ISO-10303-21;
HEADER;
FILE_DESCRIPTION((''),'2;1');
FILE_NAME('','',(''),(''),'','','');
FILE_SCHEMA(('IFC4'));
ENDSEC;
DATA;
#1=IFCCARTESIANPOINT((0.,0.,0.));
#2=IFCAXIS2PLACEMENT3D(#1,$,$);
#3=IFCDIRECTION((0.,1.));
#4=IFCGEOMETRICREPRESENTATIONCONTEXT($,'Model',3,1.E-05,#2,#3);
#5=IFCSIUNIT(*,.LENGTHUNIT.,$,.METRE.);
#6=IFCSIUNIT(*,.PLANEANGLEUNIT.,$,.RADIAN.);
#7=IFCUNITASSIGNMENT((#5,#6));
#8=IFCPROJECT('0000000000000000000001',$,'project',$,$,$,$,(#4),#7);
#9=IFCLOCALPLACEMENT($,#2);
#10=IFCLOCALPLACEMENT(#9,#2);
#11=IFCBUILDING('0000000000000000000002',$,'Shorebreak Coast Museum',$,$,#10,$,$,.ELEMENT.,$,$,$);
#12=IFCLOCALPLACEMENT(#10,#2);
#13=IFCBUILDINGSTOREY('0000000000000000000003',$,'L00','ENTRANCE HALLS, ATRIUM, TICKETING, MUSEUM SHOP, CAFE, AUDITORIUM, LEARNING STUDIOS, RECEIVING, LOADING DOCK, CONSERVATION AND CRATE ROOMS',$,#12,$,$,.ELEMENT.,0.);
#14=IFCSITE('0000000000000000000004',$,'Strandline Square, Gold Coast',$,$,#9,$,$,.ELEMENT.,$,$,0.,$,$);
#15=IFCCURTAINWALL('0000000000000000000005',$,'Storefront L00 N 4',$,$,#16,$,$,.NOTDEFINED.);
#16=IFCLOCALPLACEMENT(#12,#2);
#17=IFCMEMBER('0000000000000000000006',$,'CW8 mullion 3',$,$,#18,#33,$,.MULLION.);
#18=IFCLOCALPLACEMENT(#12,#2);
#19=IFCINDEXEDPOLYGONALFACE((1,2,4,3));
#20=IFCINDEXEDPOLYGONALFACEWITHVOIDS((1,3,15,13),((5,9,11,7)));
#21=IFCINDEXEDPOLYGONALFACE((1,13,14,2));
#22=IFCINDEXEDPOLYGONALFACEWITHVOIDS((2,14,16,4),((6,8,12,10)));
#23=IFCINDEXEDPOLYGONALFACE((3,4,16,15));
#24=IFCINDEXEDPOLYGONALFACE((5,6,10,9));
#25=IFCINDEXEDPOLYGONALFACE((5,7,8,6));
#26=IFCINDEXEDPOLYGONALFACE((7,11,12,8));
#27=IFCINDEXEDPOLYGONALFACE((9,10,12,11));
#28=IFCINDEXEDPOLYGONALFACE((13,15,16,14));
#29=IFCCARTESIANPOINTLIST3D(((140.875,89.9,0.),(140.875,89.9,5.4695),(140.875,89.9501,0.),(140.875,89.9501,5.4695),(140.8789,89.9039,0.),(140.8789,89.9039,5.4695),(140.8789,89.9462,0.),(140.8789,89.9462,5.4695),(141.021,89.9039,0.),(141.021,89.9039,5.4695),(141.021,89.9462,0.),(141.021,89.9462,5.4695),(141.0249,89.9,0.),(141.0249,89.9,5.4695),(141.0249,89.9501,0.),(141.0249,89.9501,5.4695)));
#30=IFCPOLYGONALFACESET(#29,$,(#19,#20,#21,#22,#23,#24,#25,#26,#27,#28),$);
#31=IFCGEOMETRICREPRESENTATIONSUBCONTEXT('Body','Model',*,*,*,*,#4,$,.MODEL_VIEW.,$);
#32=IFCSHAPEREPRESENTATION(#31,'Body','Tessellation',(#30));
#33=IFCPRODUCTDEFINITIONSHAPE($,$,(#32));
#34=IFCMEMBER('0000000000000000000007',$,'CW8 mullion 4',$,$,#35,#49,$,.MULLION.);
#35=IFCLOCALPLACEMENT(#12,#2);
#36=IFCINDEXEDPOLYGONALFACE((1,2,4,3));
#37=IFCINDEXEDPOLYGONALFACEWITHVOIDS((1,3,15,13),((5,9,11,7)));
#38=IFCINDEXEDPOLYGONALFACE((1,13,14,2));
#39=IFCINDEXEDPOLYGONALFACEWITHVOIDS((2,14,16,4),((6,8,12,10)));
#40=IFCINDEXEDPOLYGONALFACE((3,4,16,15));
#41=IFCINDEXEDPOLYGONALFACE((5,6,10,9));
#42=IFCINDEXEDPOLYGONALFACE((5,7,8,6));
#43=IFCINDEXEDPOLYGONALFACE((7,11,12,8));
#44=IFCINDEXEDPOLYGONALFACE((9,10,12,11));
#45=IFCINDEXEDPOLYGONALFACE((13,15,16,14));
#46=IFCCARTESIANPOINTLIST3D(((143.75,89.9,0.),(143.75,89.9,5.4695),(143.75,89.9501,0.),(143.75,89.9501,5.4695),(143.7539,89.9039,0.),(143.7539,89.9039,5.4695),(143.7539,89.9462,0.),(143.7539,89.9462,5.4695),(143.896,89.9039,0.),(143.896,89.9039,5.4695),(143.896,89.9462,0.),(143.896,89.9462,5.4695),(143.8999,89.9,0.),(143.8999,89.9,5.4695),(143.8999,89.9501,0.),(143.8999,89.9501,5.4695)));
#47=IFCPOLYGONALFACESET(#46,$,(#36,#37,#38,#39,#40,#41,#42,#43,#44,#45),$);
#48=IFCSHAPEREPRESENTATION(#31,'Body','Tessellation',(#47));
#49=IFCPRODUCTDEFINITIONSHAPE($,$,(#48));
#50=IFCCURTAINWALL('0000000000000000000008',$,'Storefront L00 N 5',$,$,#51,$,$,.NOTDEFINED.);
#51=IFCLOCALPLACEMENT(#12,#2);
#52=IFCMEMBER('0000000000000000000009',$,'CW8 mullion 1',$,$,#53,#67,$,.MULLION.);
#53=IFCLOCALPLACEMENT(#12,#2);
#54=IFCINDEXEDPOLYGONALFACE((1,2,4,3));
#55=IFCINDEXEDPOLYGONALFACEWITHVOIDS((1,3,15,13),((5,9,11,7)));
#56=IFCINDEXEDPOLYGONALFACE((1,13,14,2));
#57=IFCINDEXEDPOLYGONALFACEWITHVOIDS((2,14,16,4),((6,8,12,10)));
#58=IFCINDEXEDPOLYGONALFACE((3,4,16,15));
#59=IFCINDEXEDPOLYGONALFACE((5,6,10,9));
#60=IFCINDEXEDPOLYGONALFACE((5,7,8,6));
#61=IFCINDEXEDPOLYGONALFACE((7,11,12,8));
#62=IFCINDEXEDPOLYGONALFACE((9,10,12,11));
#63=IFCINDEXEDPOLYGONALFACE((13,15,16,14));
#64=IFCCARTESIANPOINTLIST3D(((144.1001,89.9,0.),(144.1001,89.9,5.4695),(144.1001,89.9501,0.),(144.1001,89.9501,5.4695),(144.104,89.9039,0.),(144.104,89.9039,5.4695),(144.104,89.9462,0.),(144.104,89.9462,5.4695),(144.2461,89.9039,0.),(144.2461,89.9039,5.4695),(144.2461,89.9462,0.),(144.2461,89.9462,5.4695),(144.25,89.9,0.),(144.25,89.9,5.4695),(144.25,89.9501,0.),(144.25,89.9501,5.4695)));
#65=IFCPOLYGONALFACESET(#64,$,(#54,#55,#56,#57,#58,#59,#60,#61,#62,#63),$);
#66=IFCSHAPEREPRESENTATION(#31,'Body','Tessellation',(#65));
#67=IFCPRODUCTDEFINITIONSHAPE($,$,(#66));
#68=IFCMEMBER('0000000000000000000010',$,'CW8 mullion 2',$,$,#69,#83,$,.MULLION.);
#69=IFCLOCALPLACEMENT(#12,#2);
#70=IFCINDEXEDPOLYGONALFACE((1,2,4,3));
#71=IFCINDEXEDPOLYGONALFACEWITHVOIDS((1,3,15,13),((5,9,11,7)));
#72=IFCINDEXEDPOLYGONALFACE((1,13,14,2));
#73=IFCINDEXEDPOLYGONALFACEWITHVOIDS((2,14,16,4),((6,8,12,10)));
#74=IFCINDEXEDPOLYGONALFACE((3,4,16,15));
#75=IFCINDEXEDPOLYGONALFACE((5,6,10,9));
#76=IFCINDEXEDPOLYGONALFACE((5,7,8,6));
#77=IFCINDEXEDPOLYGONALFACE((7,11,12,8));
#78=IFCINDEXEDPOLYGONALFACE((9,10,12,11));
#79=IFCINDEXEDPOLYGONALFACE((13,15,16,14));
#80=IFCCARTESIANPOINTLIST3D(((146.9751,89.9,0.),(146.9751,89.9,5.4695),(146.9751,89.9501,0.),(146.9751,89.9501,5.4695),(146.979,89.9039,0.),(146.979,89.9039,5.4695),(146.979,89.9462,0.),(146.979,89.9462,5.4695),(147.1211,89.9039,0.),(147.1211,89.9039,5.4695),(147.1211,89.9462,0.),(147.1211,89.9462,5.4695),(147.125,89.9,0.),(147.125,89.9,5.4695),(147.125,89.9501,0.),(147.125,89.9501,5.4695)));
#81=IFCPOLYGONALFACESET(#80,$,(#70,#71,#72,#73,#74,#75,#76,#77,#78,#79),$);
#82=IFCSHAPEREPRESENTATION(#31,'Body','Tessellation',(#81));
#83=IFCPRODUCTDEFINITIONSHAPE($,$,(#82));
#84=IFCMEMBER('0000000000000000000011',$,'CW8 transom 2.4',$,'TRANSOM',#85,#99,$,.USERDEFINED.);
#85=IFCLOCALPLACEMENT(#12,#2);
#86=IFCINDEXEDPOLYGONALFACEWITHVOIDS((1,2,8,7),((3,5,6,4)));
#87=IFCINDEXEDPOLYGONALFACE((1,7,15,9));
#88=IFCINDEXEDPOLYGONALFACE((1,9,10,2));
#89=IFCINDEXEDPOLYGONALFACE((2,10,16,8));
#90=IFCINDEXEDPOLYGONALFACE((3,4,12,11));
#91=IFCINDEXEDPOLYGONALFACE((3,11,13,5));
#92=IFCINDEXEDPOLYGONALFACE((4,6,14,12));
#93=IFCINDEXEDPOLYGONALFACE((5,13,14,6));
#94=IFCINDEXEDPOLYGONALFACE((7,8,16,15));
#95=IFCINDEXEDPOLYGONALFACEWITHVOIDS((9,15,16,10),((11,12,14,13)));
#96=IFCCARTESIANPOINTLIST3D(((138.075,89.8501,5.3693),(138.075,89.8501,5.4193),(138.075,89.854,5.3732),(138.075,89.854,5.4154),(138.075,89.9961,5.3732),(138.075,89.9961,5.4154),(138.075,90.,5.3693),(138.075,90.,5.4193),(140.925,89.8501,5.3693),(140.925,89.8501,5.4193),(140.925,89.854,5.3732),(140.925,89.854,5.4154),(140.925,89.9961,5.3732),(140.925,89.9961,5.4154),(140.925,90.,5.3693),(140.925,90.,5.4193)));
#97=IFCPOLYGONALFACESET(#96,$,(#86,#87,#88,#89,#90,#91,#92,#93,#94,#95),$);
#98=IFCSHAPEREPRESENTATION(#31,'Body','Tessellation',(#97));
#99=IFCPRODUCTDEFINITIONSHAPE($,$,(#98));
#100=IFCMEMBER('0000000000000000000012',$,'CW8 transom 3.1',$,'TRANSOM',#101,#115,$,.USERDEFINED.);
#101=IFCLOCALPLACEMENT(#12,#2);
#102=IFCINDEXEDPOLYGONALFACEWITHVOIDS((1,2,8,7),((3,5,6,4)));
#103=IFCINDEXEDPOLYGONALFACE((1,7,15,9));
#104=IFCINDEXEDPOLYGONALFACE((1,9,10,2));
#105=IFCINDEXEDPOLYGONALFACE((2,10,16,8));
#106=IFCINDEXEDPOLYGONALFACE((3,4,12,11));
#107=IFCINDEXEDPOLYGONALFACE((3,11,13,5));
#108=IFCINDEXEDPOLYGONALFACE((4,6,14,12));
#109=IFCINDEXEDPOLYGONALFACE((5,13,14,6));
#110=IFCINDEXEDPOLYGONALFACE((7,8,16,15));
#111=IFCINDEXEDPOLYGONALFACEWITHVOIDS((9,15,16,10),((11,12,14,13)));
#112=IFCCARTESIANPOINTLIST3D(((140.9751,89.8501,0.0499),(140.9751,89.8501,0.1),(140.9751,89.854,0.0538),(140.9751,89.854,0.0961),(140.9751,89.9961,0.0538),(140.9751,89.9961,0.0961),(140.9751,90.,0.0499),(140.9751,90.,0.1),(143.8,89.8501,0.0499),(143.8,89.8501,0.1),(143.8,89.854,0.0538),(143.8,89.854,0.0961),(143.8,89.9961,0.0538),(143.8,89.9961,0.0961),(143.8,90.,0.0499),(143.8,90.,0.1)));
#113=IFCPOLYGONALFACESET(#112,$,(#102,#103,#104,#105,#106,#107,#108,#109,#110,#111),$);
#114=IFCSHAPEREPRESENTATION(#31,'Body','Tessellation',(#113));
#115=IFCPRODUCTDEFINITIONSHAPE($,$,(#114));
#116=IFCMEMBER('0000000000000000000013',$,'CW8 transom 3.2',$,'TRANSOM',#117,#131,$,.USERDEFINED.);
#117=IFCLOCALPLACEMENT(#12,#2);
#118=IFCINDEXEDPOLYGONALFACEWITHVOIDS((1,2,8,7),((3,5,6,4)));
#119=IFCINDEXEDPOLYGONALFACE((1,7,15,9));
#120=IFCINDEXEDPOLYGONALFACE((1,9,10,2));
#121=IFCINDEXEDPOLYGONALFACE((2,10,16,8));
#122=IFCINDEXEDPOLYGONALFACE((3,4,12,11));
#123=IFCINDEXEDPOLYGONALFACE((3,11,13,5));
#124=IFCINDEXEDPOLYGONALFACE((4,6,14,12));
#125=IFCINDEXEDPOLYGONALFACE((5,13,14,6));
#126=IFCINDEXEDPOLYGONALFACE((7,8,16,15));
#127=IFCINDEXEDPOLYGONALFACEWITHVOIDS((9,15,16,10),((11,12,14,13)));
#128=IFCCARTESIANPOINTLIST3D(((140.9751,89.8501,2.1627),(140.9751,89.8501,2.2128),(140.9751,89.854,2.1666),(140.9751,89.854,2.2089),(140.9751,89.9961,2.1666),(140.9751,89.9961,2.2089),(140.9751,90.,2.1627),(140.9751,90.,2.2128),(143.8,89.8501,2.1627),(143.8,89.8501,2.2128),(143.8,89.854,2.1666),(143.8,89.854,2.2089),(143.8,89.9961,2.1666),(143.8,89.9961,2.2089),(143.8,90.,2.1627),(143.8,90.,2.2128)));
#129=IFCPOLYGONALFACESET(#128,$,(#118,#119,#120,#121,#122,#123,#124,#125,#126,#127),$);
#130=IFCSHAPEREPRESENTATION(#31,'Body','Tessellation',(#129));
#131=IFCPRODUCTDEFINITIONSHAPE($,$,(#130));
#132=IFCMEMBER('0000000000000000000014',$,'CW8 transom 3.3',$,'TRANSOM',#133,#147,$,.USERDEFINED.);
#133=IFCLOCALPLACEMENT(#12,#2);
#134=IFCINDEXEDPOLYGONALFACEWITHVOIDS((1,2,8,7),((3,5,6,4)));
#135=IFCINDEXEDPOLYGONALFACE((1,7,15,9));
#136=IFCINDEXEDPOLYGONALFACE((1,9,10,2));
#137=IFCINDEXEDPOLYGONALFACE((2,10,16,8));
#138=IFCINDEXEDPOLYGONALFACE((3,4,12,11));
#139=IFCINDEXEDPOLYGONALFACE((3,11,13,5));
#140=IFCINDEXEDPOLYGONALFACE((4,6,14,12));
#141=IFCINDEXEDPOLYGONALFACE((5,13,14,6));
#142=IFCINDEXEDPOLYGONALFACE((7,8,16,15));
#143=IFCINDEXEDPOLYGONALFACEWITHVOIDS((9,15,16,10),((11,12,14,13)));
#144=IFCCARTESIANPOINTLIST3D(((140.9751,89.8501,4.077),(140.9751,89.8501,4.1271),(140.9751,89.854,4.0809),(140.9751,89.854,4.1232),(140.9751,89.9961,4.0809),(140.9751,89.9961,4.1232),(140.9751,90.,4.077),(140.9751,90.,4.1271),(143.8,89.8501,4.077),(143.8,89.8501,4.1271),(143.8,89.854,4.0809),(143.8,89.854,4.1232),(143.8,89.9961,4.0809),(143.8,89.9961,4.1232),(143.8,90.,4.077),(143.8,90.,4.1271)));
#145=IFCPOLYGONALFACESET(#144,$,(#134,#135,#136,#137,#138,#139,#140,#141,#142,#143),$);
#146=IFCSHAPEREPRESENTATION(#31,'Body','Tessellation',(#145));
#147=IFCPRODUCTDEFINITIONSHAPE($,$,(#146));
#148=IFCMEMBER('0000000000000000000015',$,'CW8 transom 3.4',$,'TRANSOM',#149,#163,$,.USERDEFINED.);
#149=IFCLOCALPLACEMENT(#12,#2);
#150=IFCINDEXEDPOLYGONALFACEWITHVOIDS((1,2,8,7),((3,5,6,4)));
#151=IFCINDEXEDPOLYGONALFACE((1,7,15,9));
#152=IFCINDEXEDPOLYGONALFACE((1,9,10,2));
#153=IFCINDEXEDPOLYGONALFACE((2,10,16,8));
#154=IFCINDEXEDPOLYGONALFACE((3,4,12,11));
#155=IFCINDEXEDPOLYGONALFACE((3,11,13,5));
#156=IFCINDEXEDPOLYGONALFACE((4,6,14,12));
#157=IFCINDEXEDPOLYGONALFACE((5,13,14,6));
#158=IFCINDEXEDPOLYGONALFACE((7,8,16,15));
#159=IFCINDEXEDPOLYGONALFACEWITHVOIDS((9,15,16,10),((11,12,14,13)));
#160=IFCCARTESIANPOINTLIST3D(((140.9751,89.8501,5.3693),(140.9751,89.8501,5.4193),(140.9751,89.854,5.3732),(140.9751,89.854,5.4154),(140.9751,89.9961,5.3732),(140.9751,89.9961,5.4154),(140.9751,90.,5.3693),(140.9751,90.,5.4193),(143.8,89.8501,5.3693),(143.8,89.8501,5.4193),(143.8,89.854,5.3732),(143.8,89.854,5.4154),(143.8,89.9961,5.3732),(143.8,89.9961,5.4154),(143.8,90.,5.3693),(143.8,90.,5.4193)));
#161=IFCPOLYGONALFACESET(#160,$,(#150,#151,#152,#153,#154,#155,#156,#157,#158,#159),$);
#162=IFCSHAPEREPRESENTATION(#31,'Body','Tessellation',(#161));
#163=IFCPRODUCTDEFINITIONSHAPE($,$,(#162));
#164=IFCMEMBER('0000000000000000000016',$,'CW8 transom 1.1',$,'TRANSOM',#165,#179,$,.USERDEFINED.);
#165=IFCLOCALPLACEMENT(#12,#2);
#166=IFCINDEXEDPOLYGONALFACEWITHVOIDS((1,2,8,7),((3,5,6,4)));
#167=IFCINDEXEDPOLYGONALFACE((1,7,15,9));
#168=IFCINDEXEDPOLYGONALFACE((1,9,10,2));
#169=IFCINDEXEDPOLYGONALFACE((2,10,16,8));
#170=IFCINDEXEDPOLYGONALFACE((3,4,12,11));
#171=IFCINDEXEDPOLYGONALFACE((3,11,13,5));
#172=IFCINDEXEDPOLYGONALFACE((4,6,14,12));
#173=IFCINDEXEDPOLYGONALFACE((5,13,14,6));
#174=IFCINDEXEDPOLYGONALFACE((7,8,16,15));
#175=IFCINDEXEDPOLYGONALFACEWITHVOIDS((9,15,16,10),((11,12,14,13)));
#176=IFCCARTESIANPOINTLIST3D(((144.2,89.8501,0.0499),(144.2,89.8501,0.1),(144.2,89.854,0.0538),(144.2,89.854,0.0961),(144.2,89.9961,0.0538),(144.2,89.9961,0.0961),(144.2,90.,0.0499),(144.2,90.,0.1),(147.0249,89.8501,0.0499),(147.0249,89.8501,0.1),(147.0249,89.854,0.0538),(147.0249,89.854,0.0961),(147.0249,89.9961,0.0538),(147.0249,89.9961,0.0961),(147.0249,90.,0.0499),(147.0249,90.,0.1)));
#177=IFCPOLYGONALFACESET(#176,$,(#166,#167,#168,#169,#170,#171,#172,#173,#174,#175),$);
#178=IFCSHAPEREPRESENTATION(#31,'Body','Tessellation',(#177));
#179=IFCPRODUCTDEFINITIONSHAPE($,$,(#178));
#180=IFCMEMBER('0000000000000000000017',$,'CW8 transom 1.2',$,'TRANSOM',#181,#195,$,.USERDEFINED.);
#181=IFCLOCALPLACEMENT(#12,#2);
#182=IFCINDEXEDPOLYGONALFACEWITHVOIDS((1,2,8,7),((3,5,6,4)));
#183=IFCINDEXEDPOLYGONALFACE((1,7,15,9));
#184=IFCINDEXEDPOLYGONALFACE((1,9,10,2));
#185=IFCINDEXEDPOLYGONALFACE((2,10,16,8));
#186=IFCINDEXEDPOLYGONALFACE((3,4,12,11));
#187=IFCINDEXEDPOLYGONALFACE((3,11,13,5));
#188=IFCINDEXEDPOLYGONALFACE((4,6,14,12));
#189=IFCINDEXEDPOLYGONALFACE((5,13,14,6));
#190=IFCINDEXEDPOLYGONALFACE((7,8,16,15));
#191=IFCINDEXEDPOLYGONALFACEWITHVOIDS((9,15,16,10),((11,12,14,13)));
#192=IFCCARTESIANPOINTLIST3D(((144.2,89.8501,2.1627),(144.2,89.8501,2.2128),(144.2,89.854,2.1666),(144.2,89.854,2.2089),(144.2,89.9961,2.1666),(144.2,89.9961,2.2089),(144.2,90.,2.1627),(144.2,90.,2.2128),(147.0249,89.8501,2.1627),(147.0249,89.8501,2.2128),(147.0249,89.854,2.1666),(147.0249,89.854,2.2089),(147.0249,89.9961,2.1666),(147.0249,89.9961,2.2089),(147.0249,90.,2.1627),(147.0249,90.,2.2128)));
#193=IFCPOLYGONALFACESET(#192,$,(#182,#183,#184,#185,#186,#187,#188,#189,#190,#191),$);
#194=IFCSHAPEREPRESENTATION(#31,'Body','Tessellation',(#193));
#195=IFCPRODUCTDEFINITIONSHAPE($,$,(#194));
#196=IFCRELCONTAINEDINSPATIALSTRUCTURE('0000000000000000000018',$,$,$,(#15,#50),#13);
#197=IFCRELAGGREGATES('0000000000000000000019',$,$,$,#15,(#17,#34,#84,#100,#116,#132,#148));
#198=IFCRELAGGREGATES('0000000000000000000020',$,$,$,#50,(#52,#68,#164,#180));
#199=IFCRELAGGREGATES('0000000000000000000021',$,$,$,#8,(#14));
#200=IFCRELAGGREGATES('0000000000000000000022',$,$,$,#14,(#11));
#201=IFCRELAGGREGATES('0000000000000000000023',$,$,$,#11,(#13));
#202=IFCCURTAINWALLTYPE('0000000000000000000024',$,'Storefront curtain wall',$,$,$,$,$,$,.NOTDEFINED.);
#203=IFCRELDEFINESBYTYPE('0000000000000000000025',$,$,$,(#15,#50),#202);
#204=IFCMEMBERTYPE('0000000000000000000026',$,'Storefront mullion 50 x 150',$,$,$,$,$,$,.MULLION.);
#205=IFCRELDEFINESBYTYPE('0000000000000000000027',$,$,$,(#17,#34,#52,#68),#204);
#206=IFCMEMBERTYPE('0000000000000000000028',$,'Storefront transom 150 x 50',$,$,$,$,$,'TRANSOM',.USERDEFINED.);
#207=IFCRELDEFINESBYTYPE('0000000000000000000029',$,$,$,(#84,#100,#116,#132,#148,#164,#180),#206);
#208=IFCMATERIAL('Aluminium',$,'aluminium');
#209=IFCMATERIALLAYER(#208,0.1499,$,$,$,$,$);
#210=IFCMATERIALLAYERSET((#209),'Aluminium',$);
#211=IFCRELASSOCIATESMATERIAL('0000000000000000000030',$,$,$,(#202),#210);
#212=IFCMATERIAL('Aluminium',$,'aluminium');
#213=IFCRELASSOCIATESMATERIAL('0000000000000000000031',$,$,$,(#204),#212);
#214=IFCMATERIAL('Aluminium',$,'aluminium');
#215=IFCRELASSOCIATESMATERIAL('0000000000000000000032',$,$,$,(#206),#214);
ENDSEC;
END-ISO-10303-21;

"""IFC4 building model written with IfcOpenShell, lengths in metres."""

from ifc_helpers import new_model, si_unit, direction, frame, origin, origin_2d, place, context, subcontext, project, spatial, hollow_rectangle, extrude, material, layer, layer_set, material_profile, profile_set, type_object, element, aggregate, save


model = new_model("IFC4")

# Units and contexts
model_context = context("Model", 3, precision=1e-05, world=origin(), true_north=direction((0.0, 1.0)))
body_context = subcontext(model_context, "Body", "Model", "MODEL_VIEW")
ifc_project = project(units=[si_unit("LENGTHUNIT", "METRE"), si_unit("PLANEANGLEUNIT", "RADIAN")], contexts=[model_context])

# Site, building, storey
site_placement = place(None, origin())
site = spatial("IfcSite", under=ifc_project, at=site_placement, Name="Strandline Square, Gold Coast", CompositionType="ELEMENT", RefElevation=0.0)
building_placement = place(site_placement, origin())
building = spatial("IfcBuilding", under=site, at=building_placement, Name="Shorebreak Coast Museum", CompositionType="ELEMENT")
storey_placement = place(building_placement, origin())
storey = spatial("IfcBuildingStorey", under=building, at=storey_placement, Name="L00", Description="ENTRANCE HALLS, ATRIUM, TICKETING, MUSEUM SHOP, CAFE, AUDITORIUM, LEARNING STUDIOS, RECEIVING, LOADING DOCK, CONSERVATION AND CRATE ROOMS", CompositionType="ELEMENT", Elevation=0.0)

# Curtain walls, members
ifc_material_1 = material(Name="Aluminium", Category="aluminium")
ifc_layer_1 = layer(ifc_material_1, 0.1499)
ifc_layer_set_1 = layer_set([ifc_layer_1], Name="Aluminium")
curtain_wall_type = type_object("IfcCurtainWallType", Name="Storefront curtain wall", PredefinedType="NOTDEFINED", material=ifc_layer_set_1)
curtain_wall_1_placement = place(storey_placement, origin())
curtain_wall_1 = element("IfcCurtainWall", 1, at=curtain_wall_1_placement, inside=storey, type_object=curtain_wall_type, Name="Storefront L00 N 4", PredefinedType="NOTDEFINED")
ifc_material_2 = material(Name="Aluminium", Category="aluminium")
ifc_material_profile_1 = material_profile(ifc_material_2, hollow_rectangle(XDim=0.05, YDim=0.1499, WallThickness=0.0039, at=origin_2d()), Name="AL 150x50 RHS")
ifc_profile_set_1 = profile_set([ifc_material_profile_1], Name="Aluminium")
member_type_1 = type_object("IfcMemberType", Name="Storefront mullion 50 x 150", PredefinedType="MULLION", material=ifc_profile_set_1)
member_1_placement = place(storey_placement, frame((140.95, 89.925, 0.0), z_axis=(0.0, 0.0, 1.0), x_axis=(0.0, 1.0, 0.0)))
member_1 = element("IfcMember", 2, at=member_1_placement, type_object=member_type_1, Name="CW8 mullion 3", PredefinedType="MULLION", context=body_context, shape_type="SweptSolid", body=[
    extrude(hollow_rectangle(XDim=0.05, YDim=0.1499, WallThickness=0.0039, at=origin_2d()), origin(), (0.0, 0.0, 1.0), 5.4695),
])
member_2_placement = place(storey_placement, frame((143.825, 89.925, 0.0), z_axis=(0.0, 0.0, 1.0), x_axis=(0.0, 1.0, 0.0)))
member_2 = element("IfcMember", 3, at=member_2_placement, type_object=member_type_1, Name="CW8 mullion 4", PredefinedType="MULLION", context=body_context, shape_type="SweptSolid", body=[
    extrude(hollow_rectangle(XDim=0.05, YDim=0.1499, WallThickness=0.0039, at=origin_2d()), origin(), (0.0, 0.0, 1.0), 5.4695),
])
curtain_wall_2_placement = place(storey_placement, origin())
curtain_wall_2 = element("IfcCurtainWall", 4, at=curtain_wall_2_placement, inside=storey, type_object=curtain_wall_type, Name="Storefront L00 N 5", PredefinedType="NOTDEFINED")
member_3_placement = place(storey_placement, frame((144.175, 89.925, 0.0), z_axis=(0.0, 0.0, 1.0), x_axis=(0.0, 1.0, 0.0)))
member_3 = element("IfcMember", 5, at=member_3_placement, type_object=member_type_1, Name="CW8 mullion 1", PredefinedType="MULLION", context=body_context, shape_type="SweptSolid", body=[
    extrude(hollow_rectangle(XDim=0.05, YDim=0.1499, WallThickness=0.0039, at=origin_2d()), origin(), (0.0, 0.0, 1.0), 5.4695),
])
member_4_placement = place(storey_placement, frame((147.05, 89.925, 0.0), z_axis=(0.0, 0.0, 1.0), x_axis=(0.0, 1.0, 0.0)))
member_4 = element("IfcMember", 6, at=member_4_placement, type_object=member_type_1, Name="CW8 mullion 2", PredefinedType="MULLION", context=body_context, shape_type="SweptSolid", body=[
    extrude(hollow_rectangle(XDim=0.05, YDim=0.1499, WallThickness=0.0039, at=origin_2d()), origin(), (0.0, 0.0, 1.0), 5.4695),
])

# Members
ifc_material_3 = material(Name="Aluminium", Category="aluminium")
ifc_material_profile_2 = material_profile(ifc_material_3, hollow_rectangle(XDim=0.1499, YDim=0.05, WallThickness=0.0039, at=origin_2d()), Name="AL 50x150 RHS")
ifc_profile_set_2 = profile_set([ifc_material_profile_2], Name="Aluminium")
member_type_2 = type_object("IfcMemberType", Name="Storefront transom 150 x 50", ElementType="TRANSOM", PredefinedType="USERDEFINED", material=ifc_profile_set_2)
member_5_placement = place(storey_placement, frame((138.075, 89.925, 5.3943), z_axis=(1.0, 0.0, 0.0), x_axis=(0.0, 1.0, 0.0)))
member_5 = element("IfcMember", 7, at=member_5_placement, type_object=member_type_2, Name="CW8 transom 2.4", ObjectType="TRANSOM", PredefinedType="USERDEFINED", context=body_context, shape_type="SweptSolid", body=[
    extrude(hollow_rectangle(XDim=0.1499, YDim=0.05, WallThickness=0.0039, at=origin_2d()), origin(), (0.0, 0.0, 1.0), 2.8501),
])
member_6_placement = place(storey_placement, frame((140.9751, 89.925, 0.075), z_axis=(1.0, 0.0, 0.0), x_axis=(0.0, 1.0, 0.0)))
member_6 = element("IfcMember", 8, at=member_6_placement, type_object=member_type_2, Name="CW8 transom 3.1", ObjectType="TRANSOM", PredefinedType="USERDEFINED", context=body_context, shape_type="SweptSolid", body=[
    extrude(hollow_rectangle(XDim=0.1499, YDim=0.05, WallThickness=0.0039, at=origin_2d()), origin(), (0.0, 0.0, 1.0), 2.825),
])
member_7_placement = place(storey_placement, frame((140.9751, 89.925, 2.1877), z_axis=(1.0, 0.0, 0.0), x_axis=(0.0, 1.0, 0.0)))
member_7 = element("IfcMember", 9, at=member_7_placement, type_object=member_type_2, Name="CW8 transom 3.2", ObjectType="TRANSOM", PredefinedType="USERDEFINED", context=body_context, shape_type="SweptSolid", body=[
    extrude(hollow_rectangle(XDim=0.1499, YDim=0.05, WallThickness=0.0039, at=origin_2d()), origin(), (0.0, 0.0, 1.0), 2.825),
])
member_8_placement = place(storey_placement, frame((140.9751, 89.925, 4.1021), z_axis=(1.0, 0.0, 0.0), x_axis=(0.0, 1.0, 0.0)))
member_8 = element("IfcMember", 10, at=member_8_placement, type_object=member_type_2, Name="CW8 transom 3.3", ObjectType="TRANSOM", PredefinedType="USERDEFINED", context=body_context, shape_type="SweptSolid", body=[
    extrude(hollow_rectangle(XDim=0.1499, YDim=0.05, WallThickness=0.0039, at=origin_2d()), origin(), (0.0, 0.0, 1.0), 2.825),
])
member_9_placement = place(storey_placement, frame((140.9751, 89.925, 5.3943), z_axis=(1.0, 0.0, 0.0), x_axis=(0.0, 1.0, 0.0)))
member_9 = element("IfcMember", 11, at=member_9_placement, type_object=member_type_2, Name="CW8 transom 3.4", ObjectType="TRANSOM", PredefinedType="USERDEFINED", context=body_context, shape_type="SweptSolid", body=[
    extrude(hollow_rectangle(XDim=0.1499, YDim=0.05, WallThickness=0.0039, at=origin_2d()), origin(), (0.0, 0.0, 1.0), 2.825),
])
member_10_placement = place(storey_placement, frame((144.2, 89.925, 0.075), z_axis=(1.0, 0.0, 0.0), x_axis=(0.0, 1.0, 0.0)))
member_10 = element("IfcMember", 12, at=member_10_placement, type_object=member_type_2, Name="CW8 transom 1.1", ObjectType="TRANSOM", PredefinedType="USERDEFINED", context=body_context, shape_type="SweptSolid", body=[
    extrude(hollow_rectangle(XDim=0.1499, YDim=0.05, WallThickness=0.0039, at=origin_2d()), origin(), (0.0, 0.0, 1.0), 2.825),
])
member_11_placement = place(storey_placement, frame((144.2, 89.925, 2.1877), z_axis=(1.0, 0.0, 0.0), x_axis=(0.0, 1.0, 0.0)))
member_11 = element("IfcMember", 13, at=member_11_placement, type_object=member_type_2, Name="CW8 transom 1.2", ObjectType="TRANSOM", PredefinedType="USERDEFINED", context=body_context, shape_type="SweptSolid", body=[
    extrude(hollow_rectangle(XDim=0.1499, YDim=0.05, WallThickness=0.0039, at=origin_2d()), origin(), (0.0, 0.0, 1.0), 2.825),
])

aggregate(curtain_wall_1, [member_1, member_2, member_5, member_6, member_7, member_8, member_9])
aggregate(curtain_wall_2, [member_3, member_4, member_10, member_11])

save(model, "model.ifc")
